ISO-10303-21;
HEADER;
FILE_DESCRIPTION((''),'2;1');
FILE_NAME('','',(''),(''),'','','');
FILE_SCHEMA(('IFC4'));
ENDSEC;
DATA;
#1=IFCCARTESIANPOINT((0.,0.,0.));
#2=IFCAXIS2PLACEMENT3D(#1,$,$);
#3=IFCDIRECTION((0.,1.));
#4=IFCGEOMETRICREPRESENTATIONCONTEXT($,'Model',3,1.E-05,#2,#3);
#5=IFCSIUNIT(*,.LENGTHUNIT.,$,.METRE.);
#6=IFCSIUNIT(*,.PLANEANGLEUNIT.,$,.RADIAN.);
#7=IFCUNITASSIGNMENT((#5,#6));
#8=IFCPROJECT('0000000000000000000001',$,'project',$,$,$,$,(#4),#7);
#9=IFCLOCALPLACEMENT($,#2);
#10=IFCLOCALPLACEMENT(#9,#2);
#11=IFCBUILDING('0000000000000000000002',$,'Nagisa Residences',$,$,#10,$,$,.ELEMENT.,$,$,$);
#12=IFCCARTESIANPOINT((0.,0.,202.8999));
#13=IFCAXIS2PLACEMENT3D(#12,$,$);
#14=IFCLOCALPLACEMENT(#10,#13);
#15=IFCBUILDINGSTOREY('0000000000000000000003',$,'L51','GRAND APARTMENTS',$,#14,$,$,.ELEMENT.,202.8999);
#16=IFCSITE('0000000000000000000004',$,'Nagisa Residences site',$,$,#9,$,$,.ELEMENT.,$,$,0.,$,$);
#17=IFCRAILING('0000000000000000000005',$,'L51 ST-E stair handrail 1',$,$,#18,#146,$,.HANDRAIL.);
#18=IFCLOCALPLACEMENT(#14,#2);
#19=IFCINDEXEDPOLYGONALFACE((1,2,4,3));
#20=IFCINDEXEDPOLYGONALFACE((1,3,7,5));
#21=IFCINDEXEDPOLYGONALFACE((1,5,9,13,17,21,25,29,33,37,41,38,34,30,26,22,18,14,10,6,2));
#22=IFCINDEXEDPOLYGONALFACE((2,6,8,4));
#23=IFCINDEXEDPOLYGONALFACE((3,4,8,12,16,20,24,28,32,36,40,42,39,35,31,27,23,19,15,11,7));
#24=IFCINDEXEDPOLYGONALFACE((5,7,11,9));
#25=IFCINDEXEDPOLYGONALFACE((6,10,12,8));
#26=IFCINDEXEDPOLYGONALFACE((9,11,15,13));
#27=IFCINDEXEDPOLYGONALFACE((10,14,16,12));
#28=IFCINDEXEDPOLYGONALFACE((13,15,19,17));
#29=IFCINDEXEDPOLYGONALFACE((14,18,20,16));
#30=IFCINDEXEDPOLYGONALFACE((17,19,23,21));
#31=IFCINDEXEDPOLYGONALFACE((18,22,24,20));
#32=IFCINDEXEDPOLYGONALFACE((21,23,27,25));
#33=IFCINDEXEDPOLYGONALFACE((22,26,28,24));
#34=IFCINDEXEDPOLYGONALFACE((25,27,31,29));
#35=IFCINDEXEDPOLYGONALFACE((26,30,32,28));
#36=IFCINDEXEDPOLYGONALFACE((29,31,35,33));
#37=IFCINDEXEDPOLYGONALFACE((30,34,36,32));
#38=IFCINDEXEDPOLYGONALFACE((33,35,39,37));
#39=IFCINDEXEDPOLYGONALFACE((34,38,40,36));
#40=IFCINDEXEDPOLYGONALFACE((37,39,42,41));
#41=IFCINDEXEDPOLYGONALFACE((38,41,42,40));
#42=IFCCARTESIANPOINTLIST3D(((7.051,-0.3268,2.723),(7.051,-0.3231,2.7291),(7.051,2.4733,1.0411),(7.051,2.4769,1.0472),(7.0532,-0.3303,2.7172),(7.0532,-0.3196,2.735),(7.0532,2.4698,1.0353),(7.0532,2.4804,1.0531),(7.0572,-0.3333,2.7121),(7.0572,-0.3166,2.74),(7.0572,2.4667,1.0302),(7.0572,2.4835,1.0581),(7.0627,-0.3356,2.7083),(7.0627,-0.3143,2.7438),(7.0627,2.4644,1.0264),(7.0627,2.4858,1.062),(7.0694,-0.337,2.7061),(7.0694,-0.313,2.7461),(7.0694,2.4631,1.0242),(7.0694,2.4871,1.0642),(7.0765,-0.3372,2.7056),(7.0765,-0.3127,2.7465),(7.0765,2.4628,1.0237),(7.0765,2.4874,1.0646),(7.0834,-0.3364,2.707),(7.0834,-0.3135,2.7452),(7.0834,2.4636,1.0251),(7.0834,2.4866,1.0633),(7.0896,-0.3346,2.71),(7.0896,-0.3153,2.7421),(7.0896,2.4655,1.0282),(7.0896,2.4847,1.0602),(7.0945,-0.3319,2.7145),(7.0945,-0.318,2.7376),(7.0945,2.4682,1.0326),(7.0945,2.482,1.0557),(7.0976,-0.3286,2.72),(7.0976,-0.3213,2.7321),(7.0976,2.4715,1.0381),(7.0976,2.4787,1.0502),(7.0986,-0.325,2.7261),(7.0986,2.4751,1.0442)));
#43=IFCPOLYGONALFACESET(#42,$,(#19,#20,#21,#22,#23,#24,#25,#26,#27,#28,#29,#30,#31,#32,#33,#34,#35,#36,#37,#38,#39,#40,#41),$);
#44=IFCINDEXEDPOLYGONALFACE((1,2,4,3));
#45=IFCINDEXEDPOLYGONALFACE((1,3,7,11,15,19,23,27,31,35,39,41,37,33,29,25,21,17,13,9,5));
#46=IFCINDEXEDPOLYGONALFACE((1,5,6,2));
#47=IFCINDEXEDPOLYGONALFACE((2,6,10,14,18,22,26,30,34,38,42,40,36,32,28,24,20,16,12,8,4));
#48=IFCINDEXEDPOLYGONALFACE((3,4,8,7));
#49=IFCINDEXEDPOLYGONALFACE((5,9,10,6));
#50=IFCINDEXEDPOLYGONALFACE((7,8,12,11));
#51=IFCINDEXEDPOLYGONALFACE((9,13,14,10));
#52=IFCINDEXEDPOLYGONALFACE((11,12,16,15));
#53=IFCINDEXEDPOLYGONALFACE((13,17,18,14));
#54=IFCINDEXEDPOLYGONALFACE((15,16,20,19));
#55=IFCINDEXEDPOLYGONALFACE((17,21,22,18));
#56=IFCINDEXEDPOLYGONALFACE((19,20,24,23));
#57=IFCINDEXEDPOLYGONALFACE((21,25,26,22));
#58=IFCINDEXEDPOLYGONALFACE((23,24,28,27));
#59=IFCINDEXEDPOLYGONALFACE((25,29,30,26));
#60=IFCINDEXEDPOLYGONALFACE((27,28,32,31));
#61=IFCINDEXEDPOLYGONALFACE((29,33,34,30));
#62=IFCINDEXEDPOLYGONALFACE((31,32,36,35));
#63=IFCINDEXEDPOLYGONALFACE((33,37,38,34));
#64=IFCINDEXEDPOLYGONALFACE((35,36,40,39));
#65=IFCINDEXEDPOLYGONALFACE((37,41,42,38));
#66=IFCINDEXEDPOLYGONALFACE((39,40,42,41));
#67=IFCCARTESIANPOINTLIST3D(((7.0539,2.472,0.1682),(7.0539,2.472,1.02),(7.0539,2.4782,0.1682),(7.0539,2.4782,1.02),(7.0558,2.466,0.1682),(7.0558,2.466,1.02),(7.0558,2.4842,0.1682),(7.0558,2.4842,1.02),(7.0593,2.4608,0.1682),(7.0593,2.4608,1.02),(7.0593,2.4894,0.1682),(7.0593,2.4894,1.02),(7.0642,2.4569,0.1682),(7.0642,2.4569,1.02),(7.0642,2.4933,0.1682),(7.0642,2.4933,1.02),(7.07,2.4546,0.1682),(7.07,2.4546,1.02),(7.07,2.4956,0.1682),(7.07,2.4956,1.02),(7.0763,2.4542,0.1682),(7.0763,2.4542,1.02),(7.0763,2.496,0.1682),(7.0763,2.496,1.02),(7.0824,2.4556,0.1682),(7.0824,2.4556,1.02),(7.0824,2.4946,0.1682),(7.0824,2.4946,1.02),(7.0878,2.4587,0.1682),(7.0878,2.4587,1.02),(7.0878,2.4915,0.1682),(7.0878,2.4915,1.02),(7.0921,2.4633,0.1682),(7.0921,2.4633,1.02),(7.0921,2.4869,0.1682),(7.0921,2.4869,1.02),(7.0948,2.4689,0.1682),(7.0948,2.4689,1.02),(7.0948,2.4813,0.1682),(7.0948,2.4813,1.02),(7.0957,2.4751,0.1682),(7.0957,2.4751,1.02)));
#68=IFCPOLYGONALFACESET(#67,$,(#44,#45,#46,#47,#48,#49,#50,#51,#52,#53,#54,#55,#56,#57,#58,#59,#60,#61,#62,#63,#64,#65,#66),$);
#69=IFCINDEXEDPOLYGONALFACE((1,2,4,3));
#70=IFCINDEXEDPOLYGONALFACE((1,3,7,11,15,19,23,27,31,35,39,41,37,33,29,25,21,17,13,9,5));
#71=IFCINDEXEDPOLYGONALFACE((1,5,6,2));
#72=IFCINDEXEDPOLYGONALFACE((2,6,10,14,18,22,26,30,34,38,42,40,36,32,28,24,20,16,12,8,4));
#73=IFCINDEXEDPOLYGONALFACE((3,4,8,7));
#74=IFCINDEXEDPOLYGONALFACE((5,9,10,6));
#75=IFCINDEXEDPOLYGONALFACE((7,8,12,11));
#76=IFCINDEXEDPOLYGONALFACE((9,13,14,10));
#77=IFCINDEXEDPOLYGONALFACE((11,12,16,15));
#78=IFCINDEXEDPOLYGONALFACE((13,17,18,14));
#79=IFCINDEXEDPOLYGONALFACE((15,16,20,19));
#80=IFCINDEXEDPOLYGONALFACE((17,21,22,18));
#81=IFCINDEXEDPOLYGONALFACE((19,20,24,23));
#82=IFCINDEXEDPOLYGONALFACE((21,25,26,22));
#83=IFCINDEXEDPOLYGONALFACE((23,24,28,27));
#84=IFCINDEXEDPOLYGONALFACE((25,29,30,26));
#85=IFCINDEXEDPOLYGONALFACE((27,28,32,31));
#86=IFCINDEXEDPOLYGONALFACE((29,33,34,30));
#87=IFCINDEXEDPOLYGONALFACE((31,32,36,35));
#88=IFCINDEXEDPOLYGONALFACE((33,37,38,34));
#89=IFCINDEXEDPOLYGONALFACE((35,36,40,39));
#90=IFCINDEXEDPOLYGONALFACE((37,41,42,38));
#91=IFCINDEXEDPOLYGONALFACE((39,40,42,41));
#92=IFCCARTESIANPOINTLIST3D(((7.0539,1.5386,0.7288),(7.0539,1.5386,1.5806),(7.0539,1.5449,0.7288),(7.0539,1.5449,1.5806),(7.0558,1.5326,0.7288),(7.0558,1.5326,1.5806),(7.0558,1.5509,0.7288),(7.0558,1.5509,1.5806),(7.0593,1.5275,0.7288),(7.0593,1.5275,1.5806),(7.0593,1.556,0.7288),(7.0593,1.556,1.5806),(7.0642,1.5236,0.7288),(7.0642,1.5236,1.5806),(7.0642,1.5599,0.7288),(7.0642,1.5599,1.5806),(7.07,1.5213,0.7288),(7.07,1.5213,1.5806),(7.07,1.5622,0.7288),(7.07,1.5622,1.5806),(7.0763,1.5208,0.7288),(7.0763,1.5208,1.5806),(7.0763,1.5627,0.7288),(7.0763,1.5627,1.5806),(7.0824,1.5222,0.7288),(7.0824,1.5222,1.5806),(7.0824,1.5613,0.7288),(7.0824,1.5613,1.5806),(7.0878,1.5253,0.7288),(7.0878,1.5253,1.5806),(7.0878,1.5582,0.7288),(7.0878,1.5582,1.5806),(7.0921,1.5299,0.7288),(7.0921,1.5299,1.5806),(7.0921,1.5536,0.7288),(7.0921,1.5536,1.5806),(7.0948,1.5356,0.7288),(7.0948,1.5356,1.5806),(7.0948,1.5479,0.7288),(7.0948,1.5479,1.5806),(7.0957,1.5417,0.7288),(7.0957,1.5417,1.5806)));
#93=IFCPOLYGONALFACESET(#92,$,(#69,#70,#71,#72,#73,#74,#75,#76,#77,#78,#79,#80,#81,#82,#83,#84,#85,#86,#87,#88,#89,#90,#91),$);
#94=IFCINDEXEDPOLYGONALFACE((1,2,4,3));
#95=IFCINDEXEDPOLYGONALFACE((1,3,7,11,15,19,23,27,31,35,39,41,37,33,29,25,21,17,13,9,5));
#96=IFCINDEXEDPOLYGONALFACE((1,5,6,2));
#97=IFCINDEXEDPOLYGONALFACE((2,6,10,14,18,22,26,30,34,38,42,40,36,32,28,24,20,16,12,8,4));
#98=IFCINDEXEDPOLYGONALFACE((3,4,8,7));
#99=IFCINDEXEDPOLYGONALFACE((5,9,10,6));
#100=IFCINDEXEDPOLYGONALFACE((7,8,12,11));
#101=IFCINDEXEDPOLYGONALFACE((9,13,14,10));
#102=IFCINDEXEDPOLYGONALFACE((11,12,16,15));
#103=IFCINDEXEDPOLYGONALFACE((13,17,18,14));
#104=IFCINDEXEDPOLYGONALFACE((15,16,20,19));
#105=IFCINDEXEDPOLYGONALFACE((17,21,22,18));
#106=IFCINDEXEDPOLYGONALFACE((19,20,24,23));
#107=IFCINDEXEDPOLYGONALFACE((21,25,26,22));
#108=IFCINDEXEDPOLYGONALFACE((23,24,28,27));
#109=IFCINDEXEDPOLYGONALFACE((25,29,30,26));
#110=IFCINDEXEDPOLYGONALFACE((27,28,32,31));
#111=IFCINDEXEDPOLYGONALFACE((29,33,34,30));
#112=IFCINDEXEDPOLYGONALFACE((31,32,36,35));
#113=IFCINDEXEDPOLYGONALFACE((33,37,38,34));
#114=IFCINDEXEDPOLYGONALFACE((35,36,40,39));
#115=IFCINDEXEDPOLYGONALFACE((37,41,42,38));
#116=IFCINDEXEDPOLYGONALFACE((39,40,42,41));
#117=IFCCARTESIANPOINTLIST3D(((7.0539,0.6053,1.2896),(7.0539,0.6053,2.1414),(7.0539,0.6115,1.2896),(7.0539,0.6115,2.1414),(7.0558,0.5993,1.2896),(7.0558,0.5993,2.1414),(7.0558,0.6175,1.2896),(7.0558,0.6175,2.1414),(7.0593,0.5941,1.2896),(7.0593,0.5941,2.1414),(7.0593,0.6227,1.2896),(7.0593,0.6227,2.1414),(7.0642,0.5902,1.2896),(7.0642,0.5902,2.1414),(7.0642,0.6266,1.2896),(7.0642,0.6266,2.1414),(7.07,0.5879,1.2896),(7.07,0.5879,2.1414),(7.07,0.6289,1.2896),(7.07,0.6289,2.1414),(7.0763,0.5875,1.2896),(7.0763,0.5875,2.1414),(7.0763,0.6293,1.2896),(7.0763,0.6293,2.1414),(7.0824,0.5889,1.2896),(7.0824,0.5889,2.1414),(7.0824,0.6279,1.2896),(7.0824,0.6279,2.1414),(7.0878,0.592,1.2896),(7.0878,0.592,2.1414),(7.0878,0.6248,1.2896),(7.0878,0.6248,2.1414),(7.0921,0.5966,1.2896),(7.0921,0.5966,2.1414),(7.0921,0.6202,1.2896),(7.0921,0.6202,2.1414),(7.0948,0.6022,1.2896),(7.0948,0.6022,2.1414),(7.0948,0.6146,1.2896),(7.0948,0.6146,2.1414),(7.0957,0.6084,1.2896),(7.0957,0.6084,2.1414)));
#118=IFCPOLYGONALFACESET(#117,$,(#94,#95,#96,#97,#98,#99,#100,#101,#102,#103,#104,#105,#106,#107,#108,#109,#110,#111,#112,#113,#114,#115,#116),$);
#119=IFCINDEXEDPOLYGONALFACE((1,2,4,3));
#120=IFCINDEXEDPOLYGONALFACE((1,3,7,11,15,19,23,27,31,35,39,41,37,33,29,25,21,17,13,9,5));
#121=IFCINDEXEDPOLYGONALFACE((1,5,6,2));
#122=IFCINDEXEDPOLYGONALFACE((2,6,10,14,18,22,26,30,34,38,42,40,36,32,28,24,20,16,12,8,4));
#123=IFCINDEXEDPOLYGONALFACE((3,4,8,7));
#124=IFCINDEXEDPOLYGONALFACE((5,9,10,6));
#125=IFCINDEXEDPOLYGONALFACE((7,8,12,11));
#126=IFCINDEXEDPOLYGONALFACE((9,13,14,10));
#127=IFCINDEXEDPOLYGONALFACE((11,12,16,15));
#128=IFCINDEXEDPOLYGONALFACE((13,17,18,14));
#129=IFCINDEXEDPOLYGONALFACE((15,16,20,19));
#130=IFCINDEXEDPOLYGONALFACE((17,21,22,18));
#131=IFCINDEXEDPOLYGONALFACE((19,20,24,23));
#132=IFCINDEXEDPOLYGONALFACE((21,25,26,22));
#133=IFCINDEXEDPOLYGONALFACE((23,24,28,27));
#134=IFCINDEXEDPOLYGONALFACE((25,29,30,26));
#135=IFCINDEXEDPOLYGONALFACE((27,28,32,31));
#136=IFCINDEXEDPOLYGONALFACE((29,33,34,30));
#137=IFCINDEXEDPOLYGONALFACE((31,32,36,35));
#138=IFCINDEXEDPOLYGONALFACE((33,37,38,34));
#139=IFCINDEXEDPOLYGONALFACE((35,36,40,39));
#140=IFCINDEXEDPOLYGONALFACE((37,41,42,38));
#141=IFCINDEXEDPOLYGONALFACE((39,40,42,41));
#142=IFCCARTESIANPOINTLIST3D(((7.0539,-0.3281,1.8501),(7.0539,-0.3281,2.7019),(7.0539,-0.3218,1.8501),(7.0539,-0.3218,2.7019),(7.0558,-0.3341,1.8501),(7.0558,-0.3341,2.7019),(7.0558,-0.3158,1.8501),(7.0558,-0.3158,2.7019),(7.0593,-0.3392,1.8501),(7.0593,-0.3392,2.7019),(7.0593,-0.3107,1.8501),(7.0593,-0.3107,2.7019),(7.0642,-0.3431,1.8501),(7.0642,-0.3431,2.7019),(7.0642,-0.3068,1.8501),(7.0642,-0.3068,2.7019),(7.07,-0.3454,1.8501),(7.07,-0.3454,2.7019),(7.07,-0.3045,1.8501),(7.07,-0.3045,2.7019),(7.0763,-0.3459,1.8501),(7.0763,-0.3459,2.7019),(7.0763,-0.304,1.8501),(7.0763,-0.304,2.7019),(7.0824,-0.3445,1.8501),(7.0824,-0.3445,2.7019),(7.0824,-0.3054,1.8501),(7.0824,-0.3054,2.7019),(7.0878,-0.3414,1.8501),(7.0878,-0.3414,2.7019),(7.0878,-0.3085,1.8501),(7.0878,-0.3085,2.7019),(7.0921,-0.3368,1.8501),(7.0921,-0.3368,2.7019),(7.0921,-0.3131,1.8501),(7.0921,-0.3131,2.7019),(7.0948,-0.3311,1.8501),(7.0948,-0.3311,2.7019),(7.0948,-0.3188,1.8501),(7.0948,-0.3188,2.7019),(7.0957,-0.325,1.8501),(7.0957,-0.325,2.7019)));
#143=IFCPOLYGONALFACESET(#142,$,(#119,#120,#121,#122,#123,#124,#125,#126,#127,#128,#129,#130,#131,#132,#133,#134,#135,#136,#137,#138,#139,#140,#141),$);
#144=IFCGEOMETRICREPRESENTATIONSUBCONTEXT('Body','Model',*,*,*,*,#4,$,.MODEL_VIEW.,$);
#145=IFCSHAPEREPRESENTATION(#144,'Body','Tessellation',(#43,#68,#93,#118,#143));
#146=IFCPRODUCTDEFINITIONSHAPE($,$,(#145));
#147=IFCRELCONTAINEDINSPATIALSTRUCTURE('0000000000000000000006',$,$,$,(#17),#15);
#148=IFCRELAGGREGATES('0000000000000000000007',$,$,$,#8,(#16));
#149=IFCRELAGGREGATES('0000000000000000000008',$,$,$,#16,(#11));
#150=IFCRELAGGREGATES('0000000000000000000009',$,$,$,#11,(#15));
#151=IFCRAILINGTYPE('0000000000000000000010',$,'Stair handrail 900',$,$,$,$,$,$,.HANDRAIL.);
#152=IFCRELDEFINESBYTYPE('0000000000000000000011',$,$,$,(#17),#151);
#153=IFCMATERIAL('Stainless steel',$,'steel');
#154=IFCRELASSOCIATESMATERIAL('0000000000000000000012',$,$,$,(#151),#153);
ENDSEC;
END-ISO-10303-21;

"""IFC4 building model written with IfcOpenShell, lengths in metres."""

from ifc_helpers import new_model, si_unit, direction, frame, origin, origin_2d, place, context, subcontext, project, spatial, circle, extrude, material, type_object, element, save


model = new_model("IFC4")

# Units and contexts
model_context = context("Model", 3, precision=1e-05, world=origin(), true_north=direction((0.0, 1.0)))
body_context = subcontext(model_context, "Body", "Model", "MODEL_VIEW")
ifc_project = project(units=[si_unit("LENGTHUNIT", "METRE"), si_unit("PLANEANGLEUNIT", "RADIAN")], contexts=[model_context])

# Site, building, storey
site_placement = place(None, origin())
site = spatial("IfcSite", under=ifc_project, at=site_placement, Name="Nagisa Residences site", CompositionType="ELEMENT", RefElevation=0.0)
building_placement = place(site_placement, origin())
building = spatial("IfcBuilding", under=site, at=building_placement, Name="Nagisa Residences", CompositionType="ELEMENT")
storey_placement = place(building_placement, frame((0.0, 0.0, 202.8999)))
storey = spatial("IfcBuildingStorey", under=building, at=storey_placement, Name="L51", Description="GRAND APARTMENTS", CompositionType="ELEMENT", Elevation=202.8999)

# Railing
ifc_material_1 = material(Name="Stainless steel", Category="steel")
railing_type_1 = type_object("IfcRailingType", Name="Stair handrail 900", PredefinedType="HANDRAIL", material=ifc_material_1)
railing_1_placement = place(storey_placement, frame((7.0747, 2.4751, 0.1682)))
element("IfcRailing", 1, at=railing_1_placement, inside=storey, type_object=railing_type_1, Name="L51 ST-E stair handrail 1", PredefinedType="HANDRAIL", context=body_context, shape_type="SweptSolid", body=[
    extrude(circle(Radius=0.0239, at=origin_2d()), frame((0.0, 0.0, 0.876), z_axis=(0.0, -0.857242, 0.514913), x_axis=(1.0, 0.0, 0.0)), (0.0, 0.0, 1.0), 3.2664),
    extrude(circle(Radius=0.021, at=origin_2d()), origin(), (0.0, 0.0, 1.0), 0.8518),
    extrude(circle(Radius=0.021, at=origin_2d()), frame((0.0, -0.9333, 0.5605)), (0.0, 0.0, 1.0), 0.8518),
    extrude(circle(Radius=0.021, at=origin_2d()), frame((0.0, -1.8667, 1.1213)), (0.0, 0.0, 1.0), 0.8518),
    extrude(circle(Radius=0.021, at=origin_2d()), frame((0.0, -2.8, 1.6819)), (0.0, 0.0, 1.0), 0.8518),
])

save(model, "model.ifc")
